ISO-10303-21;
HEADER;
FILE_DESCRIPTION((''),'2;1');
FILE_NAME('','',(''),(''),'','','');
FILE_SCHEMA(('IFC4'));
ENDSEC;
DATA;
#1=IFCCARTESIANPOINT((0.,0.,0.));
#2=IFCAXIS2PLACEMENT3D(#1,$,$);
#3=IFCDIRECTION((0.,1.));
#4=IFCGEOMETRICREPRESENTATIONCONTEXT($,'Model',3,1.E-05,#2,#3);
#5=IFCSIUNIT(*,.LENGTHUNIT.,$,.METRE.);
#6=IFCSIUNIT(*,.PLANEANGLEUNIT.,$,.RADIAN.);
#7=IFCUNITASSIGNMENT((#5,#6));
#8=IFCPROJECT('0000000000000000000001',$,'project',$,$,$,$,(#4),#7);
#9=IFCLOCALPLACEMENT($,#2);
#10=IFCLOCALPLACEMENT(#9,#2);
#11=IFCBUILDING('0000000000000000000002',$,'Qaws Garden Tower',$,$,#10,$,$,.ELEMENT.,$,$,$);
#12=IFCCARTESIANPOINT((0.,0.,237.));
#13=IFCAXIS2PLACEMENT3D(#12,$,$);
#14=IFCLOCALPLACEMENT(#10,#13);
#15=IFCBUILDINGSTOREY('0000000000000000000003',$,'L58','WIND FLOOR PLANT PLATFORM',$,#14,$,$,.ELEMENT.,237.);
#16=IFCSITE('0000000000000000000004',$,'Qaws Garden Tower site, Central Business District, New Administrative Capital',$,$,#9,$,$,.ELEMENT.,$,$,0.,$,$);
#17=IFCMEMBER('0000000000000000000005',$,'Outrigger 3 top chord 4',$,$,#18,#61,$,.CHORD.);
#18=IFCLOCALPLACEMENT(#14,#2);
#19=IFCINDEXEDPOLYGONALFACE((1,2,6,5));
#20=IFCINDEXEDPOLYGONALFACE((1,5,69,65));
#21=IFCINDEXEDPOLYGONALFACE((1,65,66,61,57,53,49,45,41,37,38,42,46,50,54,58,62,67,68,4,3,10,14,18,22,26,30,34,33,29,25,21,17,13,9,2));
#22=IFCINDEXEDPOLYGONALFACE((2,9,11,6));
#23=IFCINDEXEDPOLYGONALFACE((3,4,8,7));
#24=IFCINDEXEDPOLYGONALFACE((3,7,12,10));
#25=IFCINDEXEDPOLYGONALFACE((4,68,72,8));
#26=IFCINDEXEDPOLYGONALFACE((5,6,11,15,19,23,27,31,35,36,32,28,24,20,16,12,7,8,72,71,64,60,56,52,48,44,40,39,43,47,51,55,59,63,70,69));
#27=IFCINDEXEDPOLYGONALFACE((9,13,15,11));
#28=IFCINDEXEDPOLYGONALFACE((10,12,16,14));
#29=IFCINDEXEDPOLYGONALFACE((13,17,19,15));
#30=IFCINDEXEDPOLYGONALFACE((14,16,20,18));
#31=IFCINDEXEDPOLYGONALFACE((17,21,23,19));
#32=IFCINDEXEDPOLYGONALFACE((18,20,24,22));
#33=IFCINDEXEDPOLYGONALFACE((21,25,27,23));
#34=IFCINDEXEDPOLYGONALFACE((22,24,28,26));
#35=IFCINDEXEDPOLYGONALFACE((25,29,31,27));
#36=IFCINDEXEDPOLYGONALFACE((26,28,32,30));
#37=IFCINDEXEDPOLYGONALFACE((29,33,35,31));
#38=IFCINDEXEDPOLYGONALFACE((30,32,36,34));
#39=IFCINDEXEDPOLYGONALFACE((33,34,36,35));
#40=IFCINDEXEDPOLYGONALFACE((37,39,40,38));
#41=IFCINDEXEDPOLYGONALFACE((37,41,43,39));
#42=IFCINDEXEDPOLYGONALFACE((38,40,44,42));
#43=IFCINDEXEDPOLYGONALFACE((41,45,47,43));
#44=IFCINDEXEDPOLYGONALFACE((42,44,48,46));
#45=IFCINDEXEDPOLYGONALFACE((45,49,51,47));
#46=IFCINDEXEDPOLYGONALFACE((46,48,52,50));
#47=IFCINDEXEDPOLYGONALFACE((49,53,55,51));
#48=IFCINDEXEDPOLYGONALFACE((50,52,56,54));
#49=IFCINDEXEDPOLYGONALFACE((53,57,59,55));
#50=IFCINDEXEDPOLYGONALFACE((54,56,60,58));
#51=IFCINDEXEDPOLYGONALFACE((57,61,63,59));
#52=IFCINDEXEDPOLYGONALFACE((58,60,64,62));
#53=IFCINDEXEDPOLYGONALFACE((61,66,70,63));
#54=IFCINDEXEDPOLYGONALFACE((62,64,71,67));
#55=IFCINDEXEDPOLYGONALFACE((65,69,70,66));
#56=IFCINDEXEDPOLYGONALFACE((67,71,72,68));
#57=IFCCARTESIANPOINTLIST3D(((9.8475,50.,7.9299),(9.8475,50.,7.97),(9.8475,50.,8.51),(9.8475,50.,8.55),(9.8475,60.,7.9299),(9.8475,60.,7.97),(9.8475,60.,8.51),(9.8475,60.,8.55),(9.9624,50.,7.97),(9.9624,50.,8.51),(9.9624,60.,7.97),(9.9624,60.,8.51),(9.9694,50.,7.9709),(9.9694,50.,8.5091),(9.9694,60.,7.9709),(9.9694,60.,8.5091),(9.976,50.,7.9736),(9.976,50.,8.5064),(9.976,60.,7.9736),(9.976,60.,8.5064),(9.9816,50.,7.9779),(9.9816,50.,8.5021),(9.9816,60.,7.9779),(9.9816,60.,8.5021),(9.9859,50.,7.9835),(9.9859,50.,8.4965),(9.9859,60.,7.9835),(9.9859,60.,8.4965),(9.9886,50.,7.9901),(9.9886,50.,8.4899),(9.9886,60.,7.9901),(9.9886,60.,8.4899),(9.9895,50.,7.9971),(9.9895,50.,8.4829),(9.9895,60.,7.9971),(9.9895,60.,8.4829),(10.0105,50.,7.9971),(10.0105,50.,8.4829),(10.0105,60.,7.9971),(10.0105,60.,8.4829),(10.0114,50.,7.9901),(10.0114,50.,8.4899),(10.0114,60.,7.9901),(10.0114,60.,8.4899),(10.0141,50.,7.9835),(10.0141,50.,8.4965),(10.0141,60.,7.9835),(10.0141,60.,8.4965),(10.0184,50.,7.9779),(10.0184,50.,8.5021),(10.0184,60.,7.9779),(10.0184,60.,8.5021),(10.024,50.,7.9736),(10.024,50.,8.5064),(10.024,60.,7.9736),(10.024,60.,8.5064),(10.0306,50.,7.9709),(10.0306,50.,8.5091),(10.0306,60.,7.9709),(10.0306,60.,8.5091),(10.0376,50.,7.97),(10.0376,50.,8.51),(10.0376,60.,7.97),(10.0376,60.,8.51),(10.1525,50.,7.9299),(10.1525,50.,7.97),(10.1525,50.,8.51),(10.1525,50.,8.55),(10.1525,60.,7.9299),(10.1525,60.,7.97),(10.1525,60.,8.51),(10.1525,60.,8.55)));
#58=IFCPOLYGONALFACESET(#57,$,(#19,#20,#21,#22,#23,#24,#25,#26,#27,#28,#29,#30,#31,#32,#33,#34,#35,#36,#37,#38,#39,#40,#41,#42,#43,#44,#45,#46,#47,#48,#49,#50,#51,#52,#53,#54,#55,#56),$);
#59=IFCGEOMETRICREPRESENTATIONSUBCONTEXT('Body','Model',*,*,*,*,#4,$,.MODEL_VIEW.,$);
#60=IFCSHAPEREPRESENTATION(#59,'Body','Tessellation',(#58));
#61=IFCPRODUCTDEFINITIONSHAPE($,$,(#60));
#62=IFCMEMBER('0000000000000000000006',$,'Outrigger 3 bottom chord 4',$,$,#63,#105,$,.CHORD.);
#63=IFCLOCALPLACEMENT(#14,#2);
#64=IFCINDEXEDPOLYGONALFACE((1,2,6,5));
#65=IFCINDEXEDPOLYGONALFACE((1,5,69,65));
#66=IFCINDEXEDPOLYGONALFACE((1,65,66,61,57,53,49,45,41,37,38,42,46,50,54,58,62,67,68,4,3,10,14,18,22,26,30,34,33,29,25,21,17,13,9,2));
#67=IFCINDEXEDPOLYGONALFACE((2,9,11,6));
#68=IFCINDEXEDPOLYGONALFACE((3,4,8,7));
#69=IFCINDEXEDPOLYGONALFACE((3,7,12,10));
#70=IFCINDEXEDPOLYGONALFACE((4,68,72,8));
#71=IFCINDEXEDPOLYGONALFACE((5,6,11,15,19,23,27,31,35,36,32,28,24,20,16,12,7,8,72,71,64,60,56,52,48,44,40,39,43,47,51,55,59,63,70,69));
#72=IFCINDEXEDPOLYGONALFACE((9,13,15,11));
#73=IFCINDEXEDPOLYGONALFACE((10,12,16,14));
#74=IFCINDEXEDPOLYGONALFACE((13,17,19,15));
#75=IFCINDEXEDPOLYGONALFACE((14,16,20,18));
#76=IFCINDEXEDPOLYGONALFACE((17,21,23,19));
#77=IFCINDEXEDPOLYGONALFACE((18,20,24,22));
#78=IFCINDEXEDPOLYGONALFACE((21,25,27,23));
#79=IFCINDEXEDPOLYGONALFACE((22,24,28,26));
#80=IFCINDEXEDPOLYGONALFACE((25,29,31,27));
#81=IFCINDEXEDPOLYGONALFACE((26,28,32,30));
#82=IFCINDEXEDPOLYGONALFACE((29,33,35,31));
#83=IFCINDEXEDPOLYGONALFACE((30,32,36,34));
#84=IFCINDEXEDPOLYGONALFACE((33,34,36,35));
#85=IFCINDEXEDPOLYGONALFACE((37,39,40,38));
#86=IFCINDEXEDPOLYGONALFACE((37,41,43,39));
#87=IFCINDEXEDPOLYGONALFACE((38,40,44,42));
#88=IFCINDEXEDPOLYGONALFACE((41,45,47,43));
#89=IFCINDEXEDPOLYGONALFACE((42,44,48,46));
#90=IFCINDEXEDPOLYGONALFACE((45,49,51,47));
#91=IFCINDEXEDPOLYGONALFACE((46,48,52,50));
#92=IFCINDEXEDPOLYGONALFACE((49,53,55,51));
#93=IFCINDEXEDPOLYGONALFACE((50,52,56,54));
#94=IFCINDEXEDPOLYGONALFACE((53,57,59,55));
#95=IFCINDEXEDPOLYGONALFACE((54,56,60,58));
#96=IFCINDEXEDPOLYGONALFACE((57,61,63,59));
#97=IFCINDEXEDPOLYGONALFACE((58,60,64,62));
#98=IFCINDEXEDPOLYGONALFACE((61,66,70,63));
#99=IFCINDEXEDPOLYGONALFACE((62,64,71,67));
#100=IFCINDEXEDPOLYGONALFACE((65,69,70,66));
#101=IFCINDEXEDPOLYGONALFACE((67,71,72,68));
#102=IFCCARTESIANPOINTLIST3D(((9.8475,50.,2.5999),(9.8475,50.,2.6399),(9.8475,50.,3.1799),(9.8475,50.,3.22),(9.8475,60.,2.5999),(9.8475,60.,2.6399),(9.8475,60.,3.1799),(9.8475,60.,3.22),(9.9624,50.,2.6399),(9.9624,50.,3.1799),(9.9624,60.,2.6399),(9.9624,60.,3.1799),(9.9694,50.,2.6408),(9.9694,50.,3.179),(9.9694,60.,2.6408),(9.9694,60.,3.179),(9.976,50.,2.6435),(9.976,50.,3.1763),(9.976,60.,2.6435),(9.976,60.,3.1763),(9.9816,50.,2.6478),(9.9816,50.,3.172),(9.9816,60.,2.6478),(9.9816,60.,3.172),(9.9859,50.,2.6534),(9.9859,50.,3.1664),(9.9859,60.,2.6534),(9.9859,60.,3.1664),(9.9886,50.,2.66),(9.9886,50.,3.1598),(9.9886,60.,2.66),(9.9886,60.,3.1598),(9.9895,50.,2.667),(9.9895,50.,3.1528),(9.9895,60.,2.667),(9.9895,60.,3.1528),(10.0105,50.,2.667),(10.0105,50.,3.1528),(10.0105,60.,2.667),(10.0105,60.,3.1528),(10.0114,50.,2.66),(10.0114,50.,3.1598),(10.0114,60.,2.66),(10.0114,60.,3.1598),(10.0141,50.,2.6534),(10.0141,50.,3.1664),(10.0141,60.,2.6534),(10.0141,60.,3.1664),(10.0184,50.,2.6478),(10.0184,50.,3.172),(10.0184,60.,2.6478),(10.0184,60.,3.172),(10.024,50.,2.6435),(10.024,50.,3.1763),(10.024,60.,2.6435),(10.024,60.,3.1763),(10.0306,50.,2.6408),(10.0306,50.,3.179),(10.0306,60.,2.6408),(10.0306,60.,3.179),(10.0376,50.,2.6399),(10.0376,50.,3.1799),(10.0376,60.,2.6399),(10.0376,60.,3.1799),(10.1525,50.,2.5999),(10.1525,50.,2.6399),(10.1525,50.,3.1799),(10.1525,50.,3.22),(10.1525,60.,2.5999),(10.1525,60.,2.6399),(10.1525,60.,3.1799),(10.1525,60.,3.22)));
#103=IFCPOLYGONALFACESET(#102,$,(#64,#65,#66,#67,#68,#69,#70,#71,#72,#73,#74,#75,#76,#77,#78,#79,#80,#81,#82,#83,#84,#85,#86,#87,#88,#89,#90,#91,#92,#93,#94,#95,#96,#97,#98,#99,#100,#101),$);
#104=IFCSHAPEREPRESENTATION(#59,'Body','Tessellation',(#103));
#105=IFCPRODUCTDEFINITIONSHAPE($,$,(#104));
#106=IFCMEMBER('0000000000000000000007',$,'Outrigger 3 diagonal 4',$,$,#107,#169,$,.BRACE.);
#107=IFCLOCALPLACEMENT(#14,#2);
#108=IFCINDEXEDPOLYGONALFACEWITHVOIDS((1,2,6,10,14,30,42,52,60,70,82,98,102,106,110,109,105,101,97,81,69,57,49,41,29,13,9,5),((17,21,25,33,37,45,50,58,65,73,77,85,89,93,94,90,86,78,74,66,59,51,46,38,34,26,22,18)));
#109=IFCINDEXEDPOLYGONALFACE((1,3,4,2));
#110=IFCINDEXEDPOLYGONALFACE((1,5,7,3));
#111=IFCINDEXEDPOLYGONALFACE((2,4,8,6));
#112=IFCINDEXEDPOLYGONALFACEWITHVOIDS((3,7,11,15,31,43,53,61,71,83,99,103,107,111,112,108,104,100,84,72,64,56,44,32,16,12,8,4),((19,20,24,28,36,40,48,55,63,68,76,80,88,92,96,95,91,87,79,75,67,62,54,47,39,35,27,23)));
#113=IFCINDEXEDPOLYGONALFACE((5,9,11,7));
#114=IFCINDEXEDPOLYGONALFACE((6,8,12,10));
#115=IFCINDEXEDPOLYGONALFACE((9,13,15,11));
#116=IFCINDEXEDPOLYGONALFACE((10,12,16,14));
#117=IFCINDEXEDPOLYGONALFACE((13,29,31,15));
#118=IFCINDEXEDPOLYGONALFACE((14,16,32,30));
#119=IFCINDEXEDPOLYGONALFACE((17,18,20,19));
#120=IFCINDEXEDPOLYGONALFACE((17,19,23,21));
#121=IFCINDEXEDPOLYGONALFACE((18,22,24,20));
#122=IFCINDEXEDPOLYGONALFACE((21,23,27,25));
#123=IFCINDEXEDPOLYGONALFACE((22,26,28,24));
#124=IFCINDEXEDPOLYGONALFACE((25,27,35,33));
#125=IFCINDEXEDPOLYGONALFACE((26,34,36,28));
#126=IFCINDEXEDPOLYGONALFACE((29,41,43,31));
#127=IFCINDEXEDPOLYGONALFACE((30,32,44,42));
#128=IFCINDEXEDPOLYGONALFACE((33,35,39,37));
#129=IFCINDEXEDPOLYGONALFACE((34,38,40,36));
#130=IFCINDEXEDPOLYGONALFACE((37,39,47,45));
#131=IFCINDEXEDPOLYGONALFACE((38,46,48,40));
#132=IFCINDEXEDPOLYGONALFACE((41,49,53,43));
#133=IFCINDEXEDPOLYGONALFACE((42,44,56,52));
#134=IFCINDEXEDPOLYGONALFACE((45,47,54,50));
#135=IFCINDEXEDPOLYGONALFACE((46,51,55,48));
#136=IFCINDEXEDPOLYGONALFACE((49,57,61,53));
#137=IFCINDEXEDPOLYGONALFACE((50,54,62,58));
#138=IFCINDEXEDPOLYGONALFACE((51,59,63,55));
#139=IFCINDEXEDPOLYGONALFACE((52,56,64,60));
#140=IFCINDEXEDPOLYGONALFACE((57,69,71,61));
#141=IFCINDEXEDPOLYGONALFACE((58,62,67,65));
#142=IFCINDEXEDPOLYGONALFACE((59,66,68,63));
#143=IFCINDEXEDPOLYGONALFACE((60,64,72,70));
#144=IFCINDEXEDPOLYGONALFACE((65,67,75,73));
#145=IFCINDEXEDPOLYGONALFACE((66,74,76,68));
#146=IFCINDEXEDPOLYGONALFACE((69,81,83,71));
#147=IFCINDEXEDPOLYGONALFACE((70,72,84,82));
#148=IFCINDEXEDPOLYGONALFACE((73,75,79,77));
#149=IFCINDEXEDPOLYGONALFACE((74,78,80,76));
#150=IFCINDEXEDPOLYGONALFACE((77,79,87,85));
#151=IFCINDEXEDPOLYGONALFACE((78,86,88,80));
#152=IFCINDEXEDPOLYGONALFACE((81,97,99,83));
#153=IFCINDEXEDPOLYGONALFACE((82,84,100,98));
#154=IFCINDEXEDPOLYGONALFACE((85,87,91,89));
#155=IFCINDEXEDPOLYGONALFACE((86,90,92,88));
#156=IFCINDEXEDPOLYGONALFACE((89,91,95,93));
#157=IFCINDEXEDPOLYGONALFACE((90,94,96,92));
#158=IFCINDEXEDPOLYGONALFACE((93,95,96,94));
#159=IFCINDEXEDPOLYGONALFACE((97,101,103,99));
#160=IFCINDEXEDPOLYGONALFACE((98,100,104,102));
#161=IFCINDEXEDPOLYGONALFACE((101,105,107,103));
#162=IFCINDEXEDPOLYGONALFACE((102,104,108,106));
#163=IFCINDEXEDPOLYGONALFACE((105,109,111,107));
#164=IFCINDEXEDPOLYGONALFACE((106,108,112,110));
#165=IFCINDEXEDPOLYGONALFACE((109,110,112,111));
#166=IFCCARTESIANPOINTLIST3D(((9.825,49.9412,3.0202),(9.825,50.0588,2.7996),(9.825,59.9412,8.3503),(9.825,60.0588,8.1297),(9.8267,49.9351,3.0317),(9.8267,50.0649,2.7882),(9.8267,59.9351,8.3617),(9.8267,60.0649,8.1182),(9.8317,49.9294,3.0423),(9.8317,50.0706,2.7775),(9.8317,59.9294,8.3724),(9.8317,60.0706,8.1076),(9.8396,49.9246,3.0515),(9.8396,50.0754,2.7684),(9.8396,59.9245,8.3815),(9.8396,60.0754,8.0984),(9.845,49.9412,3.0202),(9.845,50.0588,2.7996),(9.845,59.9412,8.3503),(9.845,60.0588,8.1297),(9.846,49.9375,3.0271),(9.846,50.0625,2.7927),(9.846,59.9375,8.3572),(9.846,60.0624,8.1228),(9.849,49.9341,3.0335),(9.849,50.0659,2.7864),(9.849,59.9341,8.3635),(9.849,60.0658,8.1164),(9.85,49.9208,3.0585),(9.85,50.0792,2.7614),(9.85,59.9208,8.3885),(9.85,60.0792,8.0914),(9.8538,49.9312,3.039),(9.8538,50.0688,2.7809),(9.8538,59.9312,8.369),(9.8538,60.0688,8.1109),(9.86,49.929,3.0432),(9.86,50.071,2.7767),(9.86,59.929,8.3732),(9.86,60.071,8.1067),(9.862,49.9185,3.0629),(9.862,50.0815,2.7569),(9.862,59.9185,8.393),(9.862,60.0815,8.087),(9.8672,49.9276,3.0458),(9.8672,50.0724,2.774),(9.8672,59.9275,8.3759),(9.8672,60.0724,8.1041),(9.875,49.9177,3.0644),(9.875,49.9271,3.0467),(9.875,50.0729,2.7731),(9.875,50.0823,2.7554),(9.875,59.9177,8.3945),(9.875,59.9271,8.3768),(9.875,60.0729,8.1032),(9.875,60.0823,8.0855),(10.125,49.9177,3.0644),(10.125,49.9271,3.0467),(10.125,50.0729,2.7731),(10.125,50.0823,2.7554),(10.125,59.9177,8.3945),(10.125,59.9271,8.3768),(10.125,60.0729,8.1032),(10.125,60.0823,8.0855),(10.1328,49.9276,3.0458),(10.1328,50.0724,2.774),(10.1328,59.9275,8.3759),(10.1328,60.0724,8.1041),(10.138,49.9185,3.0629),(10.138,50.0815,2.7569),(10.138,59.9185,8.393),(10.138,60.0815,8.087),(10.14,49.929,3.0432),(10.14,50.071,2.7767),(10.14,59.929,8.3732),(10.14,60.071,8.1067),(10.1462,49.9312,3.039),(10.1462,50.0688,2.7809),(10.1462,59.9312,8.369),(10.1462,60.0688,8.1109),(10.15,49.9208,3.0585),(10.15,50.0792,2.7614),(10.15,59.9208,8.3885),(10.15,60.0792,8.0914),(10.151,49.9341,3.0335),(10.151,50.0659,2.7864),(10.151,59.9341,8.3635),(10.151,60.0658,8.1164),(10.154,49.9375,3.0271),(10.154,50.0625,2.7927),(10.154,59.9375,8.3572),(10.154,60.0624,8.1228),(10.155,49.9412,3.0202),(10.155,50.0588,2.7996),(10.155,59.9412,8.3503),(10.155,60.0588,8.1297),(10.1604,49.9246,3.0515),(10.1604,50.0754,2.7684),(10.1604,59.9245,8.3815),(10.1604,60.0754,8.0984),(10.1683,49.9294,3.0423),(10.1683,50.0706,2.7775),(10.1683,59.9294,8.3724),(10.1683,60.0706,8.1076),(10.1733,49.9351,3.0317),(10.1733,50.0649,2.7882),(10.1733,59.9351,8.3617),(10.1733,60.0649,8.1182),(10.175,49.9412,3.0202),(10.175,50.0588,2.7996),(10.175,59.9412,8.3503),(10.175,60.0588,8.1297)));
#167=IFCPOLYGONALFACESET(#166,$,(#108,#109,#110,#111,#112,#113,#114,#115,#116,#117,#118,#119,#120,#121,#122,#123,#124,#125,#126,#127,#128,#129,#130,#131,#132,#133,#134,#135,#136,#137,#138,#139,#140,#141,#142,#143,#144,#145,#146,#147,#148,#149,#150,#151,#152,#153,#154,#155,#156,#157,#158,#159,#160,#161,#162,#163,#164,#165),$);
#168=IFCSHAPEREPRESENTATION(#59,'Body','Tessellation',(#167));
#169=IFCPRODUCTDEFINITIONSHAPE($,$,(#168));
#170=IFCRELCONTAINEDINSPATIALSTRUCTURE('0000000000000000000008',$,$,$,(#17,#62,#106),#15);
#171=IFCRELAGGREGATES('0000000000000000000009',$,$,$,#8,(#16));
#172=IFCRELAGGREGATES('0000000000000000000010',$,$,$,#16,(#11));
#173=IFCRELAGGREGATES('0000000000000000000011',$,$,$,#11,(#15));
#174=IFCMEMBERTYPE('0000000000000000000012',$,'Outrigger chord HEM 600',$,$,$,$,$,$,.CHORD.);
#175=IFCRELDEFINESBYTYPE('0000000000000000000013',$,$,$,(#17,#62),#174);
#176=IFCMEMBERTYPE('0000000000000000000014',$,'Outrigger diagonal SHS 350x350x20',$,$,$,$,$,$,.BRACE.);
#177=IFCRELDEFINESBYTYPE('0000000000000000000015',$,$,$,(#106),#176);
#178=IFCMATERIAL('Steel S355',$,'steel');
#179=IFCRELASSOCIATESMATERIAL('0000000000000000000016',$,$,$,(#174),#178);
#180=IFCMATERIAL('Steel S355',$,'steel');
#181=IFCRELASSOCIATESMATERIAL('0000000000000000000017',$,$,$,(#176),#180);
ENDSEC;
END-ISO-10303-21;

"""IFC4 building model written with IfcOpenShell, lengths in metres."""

from ifc_helpers import new_model, si_unit, direction, frame, origin, origin_2d, place, context, subcontext, project, spatial, hollow_rectangle, i_section, extrude, material, material_profile, profile_set, type_object, element, save


model = new_model("IFC4")

# Units and contexts
model_context = context("Model", 3, precision=1e-05, world=origin(), true_north=direction((0.0, 1.0)))
body_context = subcontext(model_context, "Body", "Model", "MODEL_VIEW")
ifc_project = project(units=[si_unit("LENGTHUNIT", "METRE"), si_unit("PLANEANGLEUNIT", "RADIAN")], contexts=[model_context])

# Site, building, storey
site_placement = place(None, origin())
site = spatial("IfcSite", under=ifc_project, at=site_placement, Name="Qaws Garden Tower site, Central Business District, New Administrative Capital", CompositionType="ELEMENT", RefElevation=0.0)
building_placement = place(site_placement, origin())
building = spatial("IfcBuilding", under=site, at=building_placement, Name="Qaws Garden Tower", CompositionType="ELEMENT")
storey_placement = place(building_placement, frame((0.0, 0.0, 237.0)))
storey = spatial("IfcBuildingStorey", under=building, at=storey_placement, Name="L58", Description="WIND FLOOR PLANT PLATFORM", CompositionType="ELEMENT", Elevation=237.0)

# Members
ifc_material_1 = material(Name="Steel S355", Category="steel")
ifc_material_profile_1 = material_profile(ifc_material_1, i_section(OverallWidth=0.3049, OverallDepth=0.6201, WebThickness=0.021, FlangeThickness=0.04, FilletRadius=0.0271, at=origin_2d()), Name="HEM 600")
ifc_profile_set_1 = profile_set([ifc_material_profile_1], Name="Steel S355")
member_type_1 = type_object("IfcMemberType", Name="Outrigger chord HEM 600", PredefinedType="CHORD", material=ifc_profile_set_1)
for number, where, z_axis, x_axis, name in (
    (1, (10.0, 50.0, 8.24), (0.0, 1.0, 0.0), (-1.0, 0.0, 0.0), "Outrigger 3 top chord 4"),
    (2, (10.0, 50.0, 2.9099), (0.0, 1.0, 0.0), (-1.0, 0.0, 0.0), "Outrigger 3 bottom chord 4"),
):
    element("IfcMember", number, at=place(storey_placement, frame(where, z_axis=z_axis, x_axis=x_axis)), inside=storey, type_object=member_type_1, Name=name, PredefinedType="CHORD", context=body_context, shape_type="SweptSolid", body=[
        extrude(i_section(OverallWidth=0.3049, OverallDepth=0.6201, WebThickness=0.021, FlangeThickness=0.04, FilletRadius=0.0271, at=origin_2d()), origin(), (0.0, 0.0, 1.0), 10.0),
    ])
ifc_material_2 = material(Name="Steel S355", Category="steel")
ifc_material_profile_2 = material_profile(ifc_material_2, hollow_rectangle(XDim=0.3501, YDim=0.3501, WallThickness=0.02, InnerFilletRadius=0.03, OuterFilletRadius=0.05, at=origin_2d()), Name="SHS 350x350x20")
ifc_profile_set_2 = profile_set([ifc_material_profile_2], Name="Steel S355")
member_type_2 = type_object("IfcMemberType", Name="Outrigger diagonal SHS 350x350x20", PredefinedType="BRACE", material=ifc_profile_set_2)
member_1_placement = place(storey_placement, frame((10.0, 50.0, 2.9099), z_axis=(0.0, 0.882472, 0.470365), x_axis=(-1.0, 0.0, 0.0)))
element("IfcMember", 3, at=member_1_placement, inside=storey, type_object=member_type_2, Name="Outrigger 3 diagonal 4", PredefinedType="BRACE", context=body_context, shape_type="SweptSolid", body=[
    extrude(hollow_rectangle(XDim=0.3501, YDim=0.3501, WallThickness=0.02, InnerFilletRadius=0.03, OuterFilletRadius=0.05, at=origin_2d()), origin(), (0.0, 0.0, 1.0), 11.3318),
])

save(model, "model.ifc")
